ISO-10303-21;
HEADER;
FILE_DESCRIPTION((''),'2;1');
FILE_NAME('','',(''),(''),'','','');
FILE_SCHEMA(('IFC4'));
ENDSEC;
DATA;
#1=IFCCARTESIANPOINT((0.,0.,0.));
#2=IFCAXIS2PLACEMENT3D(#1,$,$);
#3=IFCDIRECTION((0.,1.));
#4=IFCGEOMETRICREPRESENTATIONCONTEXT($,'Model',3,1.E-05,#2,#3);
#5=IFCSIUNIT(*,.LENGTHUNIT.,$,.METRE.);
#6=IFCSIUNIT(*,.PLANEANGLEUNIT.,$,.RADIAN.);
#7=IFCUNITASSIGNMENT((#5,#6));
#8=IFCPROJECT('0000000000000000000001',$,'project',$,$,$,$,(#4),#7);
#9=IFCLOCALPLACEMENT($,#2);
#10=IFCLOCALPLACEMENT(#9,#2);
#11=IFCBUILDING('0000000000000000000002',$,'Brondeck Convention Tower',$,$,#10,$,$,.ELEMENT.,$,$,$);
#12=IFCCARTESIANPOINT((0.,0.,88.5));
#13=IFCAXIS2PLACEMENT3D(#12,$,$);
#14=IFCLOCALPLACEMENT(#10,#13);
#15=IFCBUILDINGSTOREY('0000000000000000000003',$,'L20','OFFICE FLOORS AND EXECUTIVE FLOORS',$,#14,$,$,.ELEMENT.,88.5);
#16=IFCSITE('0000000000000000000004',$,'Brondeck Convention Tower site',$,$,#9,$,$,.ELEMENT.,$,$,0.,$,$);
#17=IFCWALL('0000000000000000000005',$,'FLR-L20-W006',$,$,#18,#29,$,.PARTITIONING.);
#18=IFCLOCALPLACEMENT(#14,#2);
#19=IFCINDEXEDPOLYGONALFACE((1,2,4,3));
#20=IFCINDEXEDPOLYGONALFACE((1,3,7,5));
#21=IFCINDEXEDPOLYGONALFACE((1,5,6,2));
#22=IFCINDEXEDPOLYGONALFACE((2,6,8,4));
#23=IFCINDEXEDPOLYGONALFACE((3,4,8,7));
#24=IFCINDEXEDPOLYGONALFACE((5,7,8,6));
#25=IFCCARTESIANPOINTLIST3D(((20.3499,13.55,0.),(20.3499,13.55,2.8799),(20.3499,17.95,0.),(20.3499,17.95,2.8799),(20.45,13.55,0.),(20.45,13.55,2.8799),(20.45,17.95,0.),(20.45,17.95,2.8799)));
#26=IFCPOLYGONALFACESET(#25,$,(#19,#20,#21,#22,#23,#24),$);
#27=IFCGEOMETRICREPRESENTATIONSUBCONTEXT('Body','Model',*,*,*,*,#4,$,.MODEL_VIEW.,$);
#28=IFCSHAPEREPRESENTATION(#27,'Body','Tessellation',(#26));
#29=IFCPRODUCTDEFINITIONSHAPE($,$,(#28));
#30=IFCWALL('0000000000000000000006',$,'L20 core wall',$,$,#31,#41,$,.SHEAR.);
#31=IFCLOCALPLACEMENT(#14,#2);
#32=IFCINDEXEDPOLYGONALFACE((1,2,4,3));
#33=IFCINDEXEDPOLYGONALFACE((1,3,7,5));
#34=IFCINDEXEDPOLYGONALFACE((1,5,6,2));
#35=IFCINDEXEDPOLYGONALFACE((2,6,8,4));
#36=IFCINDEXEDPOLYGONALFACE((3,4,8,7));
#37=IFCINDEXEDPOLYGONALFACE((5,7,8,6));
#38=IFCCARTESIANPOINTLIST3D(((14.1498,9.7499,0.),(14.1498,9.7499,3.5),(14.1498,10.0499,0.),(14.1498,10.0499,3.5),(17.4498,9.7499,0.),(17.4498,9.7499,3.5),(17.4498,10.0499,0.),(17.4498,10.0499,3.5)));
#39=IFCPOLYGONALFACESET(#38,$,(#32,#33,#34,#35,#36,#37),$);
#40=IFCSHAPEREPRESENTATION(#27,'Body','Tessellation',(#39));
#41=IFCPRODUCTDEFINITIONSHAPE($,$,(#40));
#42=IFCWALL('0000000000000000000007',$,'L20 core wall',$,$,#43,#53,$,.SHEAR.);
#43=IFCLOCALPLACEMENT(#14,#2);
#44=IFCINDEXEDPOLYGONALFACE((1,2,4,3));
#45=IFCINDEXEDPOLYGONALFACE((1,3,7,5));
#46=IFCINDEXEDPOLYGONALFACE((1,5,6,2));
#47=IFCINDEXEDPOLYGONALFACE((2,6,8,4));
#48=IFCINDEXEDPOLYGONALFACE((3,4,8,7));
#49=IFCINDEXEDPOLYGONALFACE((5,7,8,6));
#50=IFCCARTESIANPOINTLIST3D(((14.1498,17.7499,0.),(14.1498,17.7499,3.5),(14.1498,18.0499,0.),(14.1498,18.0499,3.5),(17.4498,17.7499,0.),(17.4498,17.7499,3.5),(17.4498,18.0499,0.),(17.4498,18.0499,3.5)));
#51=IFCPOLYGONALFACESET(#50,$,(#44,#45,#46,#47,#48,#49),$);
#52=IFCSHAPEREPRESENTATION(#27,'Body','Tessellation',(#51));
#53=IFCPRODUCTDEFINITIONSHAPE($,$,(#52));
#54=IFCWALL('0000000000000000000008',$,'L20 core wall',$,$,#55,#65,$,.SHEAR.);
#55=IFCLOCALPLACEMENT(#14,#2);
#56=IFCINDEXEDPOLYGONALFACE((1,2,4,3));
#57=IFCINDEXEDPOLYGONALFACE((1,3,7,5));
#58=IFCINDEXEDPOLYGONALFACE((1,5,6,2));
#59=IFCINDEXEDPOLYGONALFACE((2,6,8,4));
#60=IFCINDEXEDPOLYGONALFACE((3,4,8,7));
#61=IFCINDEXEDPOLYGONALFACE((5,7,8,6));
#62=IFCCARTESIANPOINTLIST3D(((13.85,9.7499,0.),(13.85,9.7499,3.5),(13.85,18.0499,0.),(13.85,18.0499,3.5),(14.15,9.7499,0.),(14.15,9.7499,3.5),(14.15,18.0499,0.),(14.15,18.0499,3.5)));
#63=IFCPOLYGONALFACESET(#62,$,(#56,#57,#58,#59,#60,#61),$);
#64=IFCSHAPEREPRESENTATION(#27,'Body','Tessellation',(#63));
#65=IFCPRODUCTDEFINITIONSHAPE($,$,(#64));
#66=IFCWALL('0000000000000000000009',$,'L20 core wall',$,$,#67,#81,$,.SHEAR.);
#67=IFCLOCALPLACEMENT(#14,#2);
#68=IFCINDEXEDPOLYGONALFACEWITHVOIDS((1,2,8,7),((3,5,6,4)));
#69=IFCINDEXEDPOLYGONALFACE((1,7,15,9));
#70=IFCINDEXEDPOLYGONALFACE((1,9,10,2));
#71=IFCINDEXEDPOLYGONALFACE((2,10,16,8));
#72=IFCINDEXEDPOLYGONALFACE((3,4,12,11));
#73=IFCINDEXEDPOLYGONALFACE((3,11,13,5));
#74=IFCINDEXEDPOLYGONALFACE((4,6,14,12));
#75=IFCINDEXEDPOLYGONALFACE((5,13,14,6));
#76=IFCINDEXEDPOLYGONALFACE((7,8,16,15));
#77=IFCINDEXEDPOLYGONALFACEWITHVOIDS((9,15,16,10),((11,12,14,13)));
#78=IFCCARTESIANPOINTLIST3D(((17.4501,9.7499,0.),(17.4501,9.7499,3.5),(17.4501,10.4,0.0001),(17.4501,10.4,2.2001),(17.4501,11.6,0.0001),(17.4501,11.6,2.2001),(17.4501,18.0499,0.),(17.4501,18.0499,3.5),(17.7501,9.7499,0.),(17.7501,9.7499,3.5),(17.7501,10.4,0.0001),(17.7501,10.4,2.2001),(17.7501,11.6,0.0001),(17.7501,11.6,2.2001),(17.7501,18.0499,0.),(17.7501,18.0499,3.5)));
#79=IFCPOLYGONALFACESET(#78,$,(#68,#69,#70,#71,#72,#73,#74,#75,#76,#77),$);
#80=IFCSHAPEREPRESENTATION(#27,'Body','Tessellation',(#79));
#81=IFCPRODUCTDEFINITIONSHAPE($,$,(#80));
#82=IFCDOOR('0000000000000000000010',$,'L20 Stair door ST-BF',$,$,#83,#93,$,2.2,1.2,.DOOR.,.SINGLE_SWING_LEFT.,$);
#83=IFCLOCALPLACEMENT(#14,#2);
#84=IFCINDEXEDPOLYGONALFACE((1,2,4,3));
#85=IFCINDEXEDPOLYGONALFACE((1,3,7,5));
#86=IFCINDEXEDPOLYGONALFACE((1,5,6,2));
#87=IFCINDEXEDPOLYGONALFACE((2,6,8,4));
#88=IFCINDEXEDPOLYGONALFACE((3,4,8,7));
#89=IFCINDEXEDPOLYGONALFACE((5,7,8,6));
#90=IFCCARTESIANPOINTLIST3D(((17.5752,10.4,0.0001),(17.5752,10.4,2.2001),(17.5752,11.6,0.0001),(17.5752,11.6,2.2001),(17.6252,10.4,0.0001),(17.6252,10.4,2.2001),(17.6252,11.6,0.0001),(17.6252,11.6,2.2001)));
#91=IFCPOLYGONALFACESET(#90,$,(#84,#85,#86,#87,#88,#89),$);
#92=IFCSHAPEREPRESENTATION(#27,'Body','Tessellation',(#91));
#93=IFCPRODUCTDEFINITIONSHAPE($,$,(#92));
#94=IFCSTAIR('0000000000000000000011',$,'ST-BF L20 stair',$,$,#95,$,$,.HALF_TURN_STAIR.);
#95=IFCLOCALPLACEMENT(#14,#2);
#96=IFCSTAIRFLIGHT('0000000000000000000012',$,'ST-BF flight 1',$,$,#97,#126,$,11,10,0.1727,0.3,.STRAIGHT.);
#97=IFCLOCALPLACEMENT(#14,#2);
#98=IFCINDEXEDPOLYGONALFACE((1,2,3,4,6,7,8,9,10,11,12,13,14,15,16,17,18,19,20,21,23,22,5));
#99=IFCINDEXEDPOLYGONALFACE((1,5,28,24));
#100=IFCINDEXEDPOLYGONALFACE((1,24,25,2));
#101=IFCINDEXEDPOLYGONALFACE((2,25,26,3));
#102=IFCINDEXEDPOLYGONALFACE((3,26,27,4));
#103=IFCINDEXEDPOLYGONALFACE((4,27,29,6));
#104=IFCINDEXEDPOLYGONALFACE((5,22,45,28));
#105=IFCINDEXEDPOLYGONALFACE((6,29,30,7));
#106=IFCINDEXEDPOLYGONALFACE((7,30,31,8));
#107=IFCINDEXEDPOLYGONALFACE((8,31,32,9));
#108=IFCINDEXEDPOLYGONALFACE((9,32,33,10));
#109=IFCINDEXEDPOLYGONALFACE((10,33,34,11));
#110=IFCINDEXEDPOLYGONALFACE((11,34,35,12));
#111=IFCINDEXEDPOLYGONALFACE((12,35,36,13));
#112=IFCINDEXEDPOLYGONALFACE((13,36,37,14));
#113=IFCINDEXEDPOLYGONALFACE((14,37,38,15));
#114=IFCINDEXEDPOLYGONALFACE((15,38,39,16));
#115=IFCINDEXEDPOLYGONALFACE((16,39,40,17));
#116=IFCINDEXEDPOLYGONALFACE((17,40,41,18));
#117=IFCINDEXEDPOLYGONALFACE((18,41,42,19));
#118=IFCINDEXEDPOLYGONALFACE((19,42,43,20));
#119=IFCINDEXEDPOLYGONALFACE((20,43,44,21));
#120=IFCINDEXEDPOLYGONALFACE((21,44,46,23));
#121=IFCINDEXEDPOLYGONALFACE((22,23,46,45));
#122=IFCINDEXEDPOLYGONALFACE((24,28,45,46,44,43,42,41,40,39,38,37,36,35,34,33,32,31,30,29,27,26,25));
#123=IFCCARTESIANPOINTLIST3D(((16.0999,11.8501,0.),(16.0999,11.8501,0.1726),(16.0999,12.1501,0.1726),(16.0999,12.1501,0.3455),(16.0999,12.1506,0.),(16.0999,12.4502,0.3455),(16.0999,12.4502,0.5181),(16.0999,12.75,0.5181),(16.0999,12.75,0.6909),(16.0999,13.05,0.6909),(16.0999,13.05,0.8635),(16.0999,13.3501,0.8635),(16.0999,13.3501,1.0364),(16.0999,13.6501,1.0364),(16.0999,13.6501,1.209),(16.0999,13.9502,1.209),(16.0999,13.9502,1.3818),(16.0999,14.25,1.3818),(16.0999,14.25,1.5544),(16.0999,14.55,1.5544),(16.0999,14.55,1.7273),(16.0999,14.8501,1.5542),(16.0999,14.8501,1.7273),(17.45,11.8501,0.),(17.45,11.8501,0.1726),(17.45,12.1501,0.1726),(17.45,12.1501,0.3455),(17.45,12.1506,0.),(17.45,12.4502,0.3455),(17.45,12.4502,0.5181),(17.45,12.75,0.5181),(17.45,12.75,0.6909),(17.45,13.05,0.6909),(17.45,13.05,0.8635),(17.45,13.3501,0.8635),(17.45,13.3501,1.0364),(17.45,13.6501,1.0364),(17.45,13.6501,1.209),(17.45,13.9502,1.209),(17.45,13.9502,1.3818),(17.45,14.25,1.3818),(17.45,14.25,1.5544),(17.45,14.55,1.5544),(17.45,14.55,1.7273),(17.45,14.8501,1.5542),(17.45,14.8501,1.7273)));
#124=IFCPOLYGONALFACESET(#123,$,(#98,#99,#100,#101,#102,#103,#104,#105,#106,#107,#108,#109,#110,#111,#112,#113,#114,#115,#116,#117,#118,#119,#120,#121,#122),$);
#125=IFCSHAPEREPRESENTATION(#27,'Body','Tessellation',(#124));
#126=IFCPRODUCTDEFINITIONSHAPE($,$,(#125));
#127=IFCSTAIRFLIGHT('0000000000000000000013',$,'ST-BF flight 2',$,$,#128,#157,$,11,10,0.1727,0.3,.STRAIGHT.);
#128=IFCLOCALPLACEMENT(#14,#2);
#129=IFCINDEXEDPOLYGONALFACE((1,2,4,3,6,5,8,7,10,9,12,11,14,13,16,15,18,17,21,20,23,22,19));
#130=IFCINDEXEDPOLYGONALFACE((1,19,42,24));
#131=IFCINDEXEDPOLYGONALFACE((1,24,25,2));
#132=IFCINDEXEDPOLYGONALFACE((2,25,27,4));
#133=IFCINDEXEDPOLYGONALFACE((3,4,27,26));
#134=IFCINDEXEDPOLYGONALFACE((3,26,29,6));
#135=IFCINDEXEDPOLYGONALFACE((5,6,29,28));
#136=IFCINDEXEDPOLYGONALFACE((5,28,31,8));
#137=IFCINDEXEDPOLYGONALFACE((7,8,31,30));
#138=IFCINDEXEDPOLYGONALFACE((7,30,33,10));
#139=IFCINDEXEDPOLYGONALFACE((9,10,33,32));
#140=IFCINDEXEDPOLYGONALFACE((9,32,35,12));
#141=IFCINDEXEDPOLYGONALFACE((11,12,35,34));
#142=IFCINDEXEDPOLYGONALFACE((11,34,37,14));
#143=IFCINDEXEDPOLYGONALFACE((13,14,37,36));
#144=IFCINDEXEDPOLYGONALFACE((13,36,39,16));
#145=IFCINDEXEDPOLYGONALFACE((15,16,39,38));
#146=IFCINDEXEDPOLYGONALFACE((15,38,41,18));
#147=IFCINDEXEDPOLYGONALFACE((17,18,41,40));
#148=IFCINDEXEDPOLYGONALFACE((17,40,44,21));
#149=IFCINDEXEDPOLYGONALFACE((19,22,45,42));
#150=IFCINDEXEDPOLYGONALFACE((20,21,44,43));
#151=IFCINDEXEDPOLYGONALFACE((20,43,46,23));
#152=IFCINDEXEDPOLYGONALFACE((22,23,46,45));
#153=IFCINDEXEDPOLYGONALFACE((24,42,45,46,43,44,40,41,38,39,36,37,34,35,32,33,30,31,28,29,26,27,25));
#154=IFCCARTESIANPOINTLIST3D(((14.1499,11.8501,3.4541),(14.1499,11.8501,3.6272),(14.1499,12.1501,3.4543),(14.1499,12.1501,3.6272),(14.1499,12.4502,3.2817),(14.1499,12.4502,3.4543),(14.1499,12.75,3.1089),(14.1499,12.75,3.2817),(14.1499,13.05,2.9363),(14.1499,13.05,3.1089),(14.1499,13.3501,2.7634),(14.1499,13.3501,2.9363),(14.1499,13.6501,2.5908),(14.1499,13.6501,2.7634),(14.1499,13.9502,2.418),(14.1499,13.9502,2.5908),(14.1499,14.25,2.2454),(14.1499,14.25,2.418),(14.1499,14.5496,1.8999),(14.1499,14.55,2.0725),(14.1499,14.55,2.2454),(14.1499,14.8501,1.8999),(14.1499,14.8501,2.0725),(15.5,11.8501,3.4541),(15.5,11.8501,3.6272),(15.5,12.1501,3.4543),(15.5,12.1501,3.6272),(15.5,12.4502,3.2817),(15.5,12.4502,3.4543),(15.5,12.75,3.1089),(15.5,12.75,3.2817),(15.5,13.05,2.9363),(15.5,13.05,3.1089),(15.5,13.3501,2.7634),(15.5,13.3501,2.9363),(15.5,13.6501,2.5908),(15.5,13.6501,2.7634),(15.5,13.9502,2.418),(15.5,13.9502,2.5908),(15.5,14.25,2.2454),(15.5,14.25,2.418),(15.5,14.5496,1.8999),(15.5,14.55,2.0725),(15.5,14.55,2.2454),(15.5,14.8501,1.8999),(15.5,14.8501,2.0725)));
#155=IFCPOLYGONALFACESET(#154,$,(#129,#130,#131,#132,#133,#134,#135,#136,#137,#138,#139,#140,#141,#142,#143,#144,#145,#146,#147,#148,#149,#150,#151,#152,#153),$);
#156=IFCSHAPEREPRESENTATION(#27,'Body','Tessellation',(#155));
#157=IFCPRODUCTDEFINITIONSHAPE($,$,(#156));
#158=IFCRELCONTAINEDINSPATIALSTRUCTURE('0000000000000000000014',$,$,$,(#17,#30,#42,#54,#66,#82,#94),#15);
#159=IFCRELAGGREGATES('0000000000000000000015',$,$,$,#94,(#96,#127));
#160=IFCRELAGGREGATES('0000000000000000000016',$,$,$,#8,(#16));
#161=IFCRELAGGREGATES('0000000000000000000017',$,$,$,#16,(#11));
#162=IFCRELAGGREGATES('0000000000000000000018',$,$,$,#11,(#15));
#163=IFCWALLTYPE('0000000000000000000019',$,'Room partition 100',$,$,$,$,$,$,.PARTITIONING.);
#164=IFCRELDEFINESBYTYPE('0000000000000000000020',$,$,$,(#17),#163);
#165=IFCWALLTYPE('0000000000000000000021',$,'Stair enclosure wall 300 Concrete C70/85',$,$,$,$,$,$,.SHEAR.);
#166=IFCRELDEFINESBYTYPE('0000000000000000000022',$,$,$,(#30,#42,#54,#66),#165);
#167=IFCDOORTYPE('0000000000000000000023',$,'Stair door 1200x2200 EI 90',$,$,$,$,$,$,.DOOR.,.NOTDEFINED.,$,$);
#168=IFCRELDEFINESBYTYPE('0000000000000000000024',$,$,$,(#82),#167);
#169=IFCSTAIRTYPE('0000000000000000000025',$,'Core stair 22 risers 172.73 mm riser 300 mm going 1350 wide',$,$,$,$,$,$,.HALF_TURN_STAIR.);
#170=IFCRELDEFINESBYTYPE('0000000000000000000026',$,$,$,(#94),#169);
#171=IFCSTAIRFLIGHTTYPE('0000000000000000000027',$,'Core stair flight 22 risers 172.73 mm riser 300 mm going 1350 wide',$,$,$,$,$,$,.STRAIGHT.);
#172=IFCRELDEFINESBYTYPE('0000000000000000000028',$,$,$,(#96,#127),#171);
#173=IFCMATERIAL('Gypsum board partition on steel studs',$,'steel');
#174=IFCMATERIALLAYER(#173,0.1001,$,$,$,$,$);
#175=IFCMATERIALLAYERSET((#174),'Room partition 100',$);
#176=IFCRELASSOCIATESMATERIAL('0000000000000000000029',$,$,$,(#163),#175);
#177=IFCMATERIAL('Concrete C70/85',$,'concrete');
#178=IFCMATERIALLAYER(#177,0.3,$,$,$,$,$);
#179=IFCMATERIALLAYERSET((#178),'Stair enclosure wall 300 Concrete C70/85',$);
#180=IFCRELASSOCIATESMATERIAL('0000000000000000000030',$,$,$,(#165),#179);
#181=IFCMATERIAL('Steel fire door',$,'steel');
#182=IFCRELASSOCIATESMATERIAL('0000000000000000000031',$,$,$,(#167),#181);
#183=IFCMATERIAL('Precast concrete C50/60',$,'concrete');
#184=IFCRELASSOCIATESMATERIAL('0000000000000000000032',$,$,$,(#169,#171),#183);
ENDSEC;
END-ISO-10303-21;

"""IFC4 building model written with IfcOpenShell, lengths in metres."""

from ifc_helpers import new_model, si_unit, direction, frame, frame_2d, origin, place, context, subcontext, project, spatial, polyline, rectangle, outline, extrude, material, layer, layer_set, type_object, element, fill, aggregate, save


model = new_model("IFC4")

# Units and contexts
model_context = context("Model", 3, precision=1e-05, world=origin(), true_north=direction((0.0, 1.0)))
body_context = subcontext(model_context, "Body", "Model", "MODEL_VIEW")
ifc_project = project(units=[si_unit("LENGTHUNIT", "METRE"), si_unit("PLANEANGLEUNIT", "RADIAN")], contexts=[model_context])

# Site, building, storey
site_placement = place(None, origin())
site = spatial("IfcSite", under=ifc_project, at=site_placement, Name="Brondeck Convention Tower site", CompositionType="ELEMENT", RefElevation=0.0)
building_placement = place(site_placement, origin())
building = spatial("IfcBuilding", under=site, at=building_placement, Name="Brondeck Convention Tower", CompositionType="ELEMENT")
storey_placement = place(building_placement, frame((0.0, 0.0, 88.5)))
storey = spatial("IfcBuildingStorey", under=building, at=storey_placement, Name="L20", Description="OFFICE FLOORS AND EXECUTIVE FLOORS", CompositionType="ELEMENT", Elevation=88.5)

# Shared definitions
ifc_material_1 = material(Name="Concrete C70/85", Category="concrete")

# Shared definitions
ifc_material_2 = material(Name="Gypsum board partition on steel studs", Category="steel")
ifc_layer_1 = layer(ifc_material_2, 0.1001)
ifc_layer_set_1 = layer_set([ifc_layer_1], Name="Room partition 100")
wall_type_1 = type_object("IfcWallType", Name="Room partition 100", PredefinedType="PARTITIONING", material=ifc_layer_set_1)

# Walls
wall_1_placement = place(storey_placement, frame((20.3999, 17.95, 0.0), z_axis=(0.0, 0.0, 1.0), x_axis=(0.0, -1.0, 0.0)))
element("IfcWall", 1, at=wall_1_placement, inside=storey, type_object=wall_type_1, Name="FLR-L20-W006", PredefinedType="PARTITIONING", context=body_context, shape_type="SweptSolid", body=[
    extrude(rectangle(XDim=4.3999, YDim=0.1001, at=frame_2d((2.2, 0.0))), origin(), (0.0, 0.0, 1.0), 2.8799),
])
ifc_layer_2 = layer(ifc_material_1, 0.3)
ifc_layer_set_2 = layer_set([ifc_layer_2], Name="Stair enclosure wall 300 Concrete C70/85")
wall_type_2 = type_object("IfcWallType", Name="Stair enclosure wall 300 Concrete C70/85", PredefinedType="SHEAR", material=ifc_layer_set_2)
for number, where, z_axis, x_axis, name in (
    (2, (14.1499, 9.8999, 0.0), (0.0, 0.0, 1.0), (1.0, 0.0, 0.0), "L20 core wall"),
    (3, (14.1499, 17.8999, 0.0), (0.0, 0.0, 1.0), (1.0, 0.0, 0.0), "L20 core wall"),
):
    element("IfcWall", number, at=place(storey_placement, frame(where, z_axis=z_axis, x_axis=x_axis)), inside=storey, type_object=wall_type_2, Name=name, PredefinedType="SHEAR", context=body_context, shape_type="SweptSolid", body=[
        extrude(rectangle(XDim=3.3, YDim=0.3, at=frame_2d((1.6499, 0.0))), origin(), (0.0, 0.0, 1.0), 3.5),
    ])
wall_2_placement = place(storey_placement, frame((14.0, 9.75, 0.0), z_axis=(0.0, 0.0, 1.0), x_axis=(0.0, 1.0, 0.0)))
element("IfcWall", 4, at=wall_2_placement, inside=storey, type_object=wall_type_2, Name="L20 core wall", PredefinedType="SHEAR", context=body_context, shape_type="SweptSolid", body=[
    extrude(rectangle(XDim=8.3, YDim=0.3, at=frame_2d((4.1499, 0.0))), origin(), (0.0, 0.0, 1.0), 3.5),
])

# Wall, opening, door
wall_3_placement = place(storey_placement, frame((17.6001, 9.75, 0.0), z_axis=(0.0, 0.0, 1.0), x_axis=(0.0, 1.0, 0.0)))
wall_3 = element("IfcWall", 5, at=wall_3_placement, inside=storey, type_object=wall_type_2, Name="L20 core wall", PredefinedType="SHEAR", context=body_context, shape_type="SweptSolid", body=[
    extrude(rectangle(XDim=8.3, YDim=0.3, at=frame_2d((4.1499, 0.0))), origin(), (0.0, 0.0, 1.0), 3.5),
])
opening_1_placement = place(wall_3_placement, frame((0.6499, 0.0, 0.0)))
opening_1 = element("IfcOpeningElement", 6, at=opening_1_placement, cuts=wall_3, PredefinedType="OPENING", context=body_context, shape_type="SweptSolid", body=[
    extrude(rectangle(XDim=1.2, YDim=2.2, at=frame_2d((0.6001, 1.1001))), frame((0.0, 0.1599, 0.0), z_axis=(0.0, -1.0, 0.0), x_axis=(1.0, 0.0, 0.0)), (0.0, 0.0, 1.0), 0.3201),
])
ifc_material_3 = material(Name="Steel fire door", Category="steel")
door_type_1 = type_object("IfcDoorType", Name="Stair door 1200x2200 EI 90", OperationType="NOTDEFINED", PredefinedType="DOOR", material=ifc_material_3)
door_1_placement = place(opening_1_placement, origin())
door_1 = element("IfcDoor", 7, at=door_1_placement, inside=storey, type_object=door_type_1, Name="L20 Stair door ST-BF", OperationType="SINGLE_SWING_LEFT", OverallHeight=2.2, OverallWidth=1.2, PredefinedType="DOOR", context=body_context, shape_type="SweptSolid", body=[
    extrude(rectangle(XDim=1.2, YDim=2.2, at=frame_2d((0.6001, 1.1001))), frame((0.0, 0.0249, 0.0), z_axis=(0.0, -1.0, 0.0), x_axis=(1.0, 0.0, 0.0)), (0.0, 0.0, 1.0), 0.05),
])
fill(opening_1, door_1)

# Stair, stair flights
ifc_material_4 = material(Name="Precast concrete C50/60", Category="concrete")
stair_type = type_object("IfcStairType", Name="Core stair 22 risers 172.73 mm riser 300 mm going 1350 wide", PredefinedType="HALF_TURN_STAIR", material=ifc_material_4)
stair_placement = place(storey_placement, origin())
stair = element("IfcStair", 8, at=stair_placement, inside=storey, type_object=stair_type, Name="ST-BF L20 stair", PredefinedType="HALF_TURN_STAIR")
stair_flight_type = type_object("IfcStairFlightType", Name="Core stair flight 22 risers 172.73 mm riser 300 mm going 1350 wide", PredefinedType="STRAIGHT", material=ifc_material_4)
stair_flight_1_placement = place(storey_placement, frame((16.7749, 11.8501, 0.0), z_axis=(0.0, 0.0, 1.0), x_axis=(0.0, 1.0, 0.0)))
stair_flight_1 = element("IfcStairFlight", 9, at=stair_flight_1_placement, type_object=stair_flight_type, Name="ST-BF flight 1", NumberOfRisers=11, NumberOfTreads=10, PredefinedType="STRAIGHT", RiserHeight=0.1727, TreadLength=0.3, context=body_context, shape_type="SweptSolid", body=[
    extrude(outline(polyline([(0.0, 0.0), (0.0, 0.1726), (0.3, 0.1726), (0.3, 0.3455), (0.6001, 0.3455), (0.6001, 0.5181), (0.8999, 0.5181), (0.8999, 0.6909), (1.2, 0.6909), (1.2, 0.8635), (1.5, 0.8635), (1.5, 1.0364), (1.8, 1.0364), (1.8, 1.209), (2.1001, 1.209), (2.1001, 1.3818), (2.3999, 1.3818), (2.3999, 1.5544), (2.7, 1.5544), (2.7, 1.7273), (3.0, 1.7273), (3.0, 1.8999), (3.0, 1.5542), (0.3005, 0.0), (0.0, 0.0)])), frame((0.0, 0.675, 0.0), z_axis=(0.0, -1.0, 0.0), x_axis=(1.0, 0.0, 0.0)), (0.0, 0.0, 1.0), 1.3501),
])
stair_flight_2_placement = place(storey_placement, frame((14.825, 14.8501, 1.8999), z_axis=(0.0, 0.0, 1.0), x_axis=(0.0, -1.0, 0.0)))
stair_flight_2 = element("IfcStairFlight", 10, at=stair_flight_2_placement, type_object=stair_flight_type, Name="ST-BF flight 2", NumberOfRisers=11, NumberOfTreads=10, PredefinedType="STRAIGHT", RiserHeight=0.1727, TreadLength=0.3, context=body_context, shape_type="SweptSolid", body=[
    extrude(outline(polyline([(0.0, 0.0), (0.0, 0.1726), (0.3, 0.1726), (0.3, 0.3455), (0.6001, 0.3455), (0.6001, 0.5181), (0.8999, 0.5181), (0.8999, 0.6909), (1.2, 0.6909), (1.2, 0.8635), (1.5, 0.8635), (1.5, 1.0364), (1.8, 1.0364), (1.8, 1.209), (2.1001, 1.209), (2.1001, 1.3818), (2.3999, 1.3818), (2.3999, 1.5544), (2.7, 1.5544), (2.7, 1.7273), (3.0, 1.7273), (3.0, 1.8999), (3.0, 1.5542), (0.3005, 0.0), (0.0, 0.0)])), frame((0.0, 0.675, 0.0), z_axis=(0.0, -1.0, 0.0), x_axis=(1.0, 0.0, 0.0)), (0.0, 0.0, 1.0), 1.3501),
])
aggregate(stair, [stair_flight_1, stair_flight_2])

save(model, "model.ifc")
